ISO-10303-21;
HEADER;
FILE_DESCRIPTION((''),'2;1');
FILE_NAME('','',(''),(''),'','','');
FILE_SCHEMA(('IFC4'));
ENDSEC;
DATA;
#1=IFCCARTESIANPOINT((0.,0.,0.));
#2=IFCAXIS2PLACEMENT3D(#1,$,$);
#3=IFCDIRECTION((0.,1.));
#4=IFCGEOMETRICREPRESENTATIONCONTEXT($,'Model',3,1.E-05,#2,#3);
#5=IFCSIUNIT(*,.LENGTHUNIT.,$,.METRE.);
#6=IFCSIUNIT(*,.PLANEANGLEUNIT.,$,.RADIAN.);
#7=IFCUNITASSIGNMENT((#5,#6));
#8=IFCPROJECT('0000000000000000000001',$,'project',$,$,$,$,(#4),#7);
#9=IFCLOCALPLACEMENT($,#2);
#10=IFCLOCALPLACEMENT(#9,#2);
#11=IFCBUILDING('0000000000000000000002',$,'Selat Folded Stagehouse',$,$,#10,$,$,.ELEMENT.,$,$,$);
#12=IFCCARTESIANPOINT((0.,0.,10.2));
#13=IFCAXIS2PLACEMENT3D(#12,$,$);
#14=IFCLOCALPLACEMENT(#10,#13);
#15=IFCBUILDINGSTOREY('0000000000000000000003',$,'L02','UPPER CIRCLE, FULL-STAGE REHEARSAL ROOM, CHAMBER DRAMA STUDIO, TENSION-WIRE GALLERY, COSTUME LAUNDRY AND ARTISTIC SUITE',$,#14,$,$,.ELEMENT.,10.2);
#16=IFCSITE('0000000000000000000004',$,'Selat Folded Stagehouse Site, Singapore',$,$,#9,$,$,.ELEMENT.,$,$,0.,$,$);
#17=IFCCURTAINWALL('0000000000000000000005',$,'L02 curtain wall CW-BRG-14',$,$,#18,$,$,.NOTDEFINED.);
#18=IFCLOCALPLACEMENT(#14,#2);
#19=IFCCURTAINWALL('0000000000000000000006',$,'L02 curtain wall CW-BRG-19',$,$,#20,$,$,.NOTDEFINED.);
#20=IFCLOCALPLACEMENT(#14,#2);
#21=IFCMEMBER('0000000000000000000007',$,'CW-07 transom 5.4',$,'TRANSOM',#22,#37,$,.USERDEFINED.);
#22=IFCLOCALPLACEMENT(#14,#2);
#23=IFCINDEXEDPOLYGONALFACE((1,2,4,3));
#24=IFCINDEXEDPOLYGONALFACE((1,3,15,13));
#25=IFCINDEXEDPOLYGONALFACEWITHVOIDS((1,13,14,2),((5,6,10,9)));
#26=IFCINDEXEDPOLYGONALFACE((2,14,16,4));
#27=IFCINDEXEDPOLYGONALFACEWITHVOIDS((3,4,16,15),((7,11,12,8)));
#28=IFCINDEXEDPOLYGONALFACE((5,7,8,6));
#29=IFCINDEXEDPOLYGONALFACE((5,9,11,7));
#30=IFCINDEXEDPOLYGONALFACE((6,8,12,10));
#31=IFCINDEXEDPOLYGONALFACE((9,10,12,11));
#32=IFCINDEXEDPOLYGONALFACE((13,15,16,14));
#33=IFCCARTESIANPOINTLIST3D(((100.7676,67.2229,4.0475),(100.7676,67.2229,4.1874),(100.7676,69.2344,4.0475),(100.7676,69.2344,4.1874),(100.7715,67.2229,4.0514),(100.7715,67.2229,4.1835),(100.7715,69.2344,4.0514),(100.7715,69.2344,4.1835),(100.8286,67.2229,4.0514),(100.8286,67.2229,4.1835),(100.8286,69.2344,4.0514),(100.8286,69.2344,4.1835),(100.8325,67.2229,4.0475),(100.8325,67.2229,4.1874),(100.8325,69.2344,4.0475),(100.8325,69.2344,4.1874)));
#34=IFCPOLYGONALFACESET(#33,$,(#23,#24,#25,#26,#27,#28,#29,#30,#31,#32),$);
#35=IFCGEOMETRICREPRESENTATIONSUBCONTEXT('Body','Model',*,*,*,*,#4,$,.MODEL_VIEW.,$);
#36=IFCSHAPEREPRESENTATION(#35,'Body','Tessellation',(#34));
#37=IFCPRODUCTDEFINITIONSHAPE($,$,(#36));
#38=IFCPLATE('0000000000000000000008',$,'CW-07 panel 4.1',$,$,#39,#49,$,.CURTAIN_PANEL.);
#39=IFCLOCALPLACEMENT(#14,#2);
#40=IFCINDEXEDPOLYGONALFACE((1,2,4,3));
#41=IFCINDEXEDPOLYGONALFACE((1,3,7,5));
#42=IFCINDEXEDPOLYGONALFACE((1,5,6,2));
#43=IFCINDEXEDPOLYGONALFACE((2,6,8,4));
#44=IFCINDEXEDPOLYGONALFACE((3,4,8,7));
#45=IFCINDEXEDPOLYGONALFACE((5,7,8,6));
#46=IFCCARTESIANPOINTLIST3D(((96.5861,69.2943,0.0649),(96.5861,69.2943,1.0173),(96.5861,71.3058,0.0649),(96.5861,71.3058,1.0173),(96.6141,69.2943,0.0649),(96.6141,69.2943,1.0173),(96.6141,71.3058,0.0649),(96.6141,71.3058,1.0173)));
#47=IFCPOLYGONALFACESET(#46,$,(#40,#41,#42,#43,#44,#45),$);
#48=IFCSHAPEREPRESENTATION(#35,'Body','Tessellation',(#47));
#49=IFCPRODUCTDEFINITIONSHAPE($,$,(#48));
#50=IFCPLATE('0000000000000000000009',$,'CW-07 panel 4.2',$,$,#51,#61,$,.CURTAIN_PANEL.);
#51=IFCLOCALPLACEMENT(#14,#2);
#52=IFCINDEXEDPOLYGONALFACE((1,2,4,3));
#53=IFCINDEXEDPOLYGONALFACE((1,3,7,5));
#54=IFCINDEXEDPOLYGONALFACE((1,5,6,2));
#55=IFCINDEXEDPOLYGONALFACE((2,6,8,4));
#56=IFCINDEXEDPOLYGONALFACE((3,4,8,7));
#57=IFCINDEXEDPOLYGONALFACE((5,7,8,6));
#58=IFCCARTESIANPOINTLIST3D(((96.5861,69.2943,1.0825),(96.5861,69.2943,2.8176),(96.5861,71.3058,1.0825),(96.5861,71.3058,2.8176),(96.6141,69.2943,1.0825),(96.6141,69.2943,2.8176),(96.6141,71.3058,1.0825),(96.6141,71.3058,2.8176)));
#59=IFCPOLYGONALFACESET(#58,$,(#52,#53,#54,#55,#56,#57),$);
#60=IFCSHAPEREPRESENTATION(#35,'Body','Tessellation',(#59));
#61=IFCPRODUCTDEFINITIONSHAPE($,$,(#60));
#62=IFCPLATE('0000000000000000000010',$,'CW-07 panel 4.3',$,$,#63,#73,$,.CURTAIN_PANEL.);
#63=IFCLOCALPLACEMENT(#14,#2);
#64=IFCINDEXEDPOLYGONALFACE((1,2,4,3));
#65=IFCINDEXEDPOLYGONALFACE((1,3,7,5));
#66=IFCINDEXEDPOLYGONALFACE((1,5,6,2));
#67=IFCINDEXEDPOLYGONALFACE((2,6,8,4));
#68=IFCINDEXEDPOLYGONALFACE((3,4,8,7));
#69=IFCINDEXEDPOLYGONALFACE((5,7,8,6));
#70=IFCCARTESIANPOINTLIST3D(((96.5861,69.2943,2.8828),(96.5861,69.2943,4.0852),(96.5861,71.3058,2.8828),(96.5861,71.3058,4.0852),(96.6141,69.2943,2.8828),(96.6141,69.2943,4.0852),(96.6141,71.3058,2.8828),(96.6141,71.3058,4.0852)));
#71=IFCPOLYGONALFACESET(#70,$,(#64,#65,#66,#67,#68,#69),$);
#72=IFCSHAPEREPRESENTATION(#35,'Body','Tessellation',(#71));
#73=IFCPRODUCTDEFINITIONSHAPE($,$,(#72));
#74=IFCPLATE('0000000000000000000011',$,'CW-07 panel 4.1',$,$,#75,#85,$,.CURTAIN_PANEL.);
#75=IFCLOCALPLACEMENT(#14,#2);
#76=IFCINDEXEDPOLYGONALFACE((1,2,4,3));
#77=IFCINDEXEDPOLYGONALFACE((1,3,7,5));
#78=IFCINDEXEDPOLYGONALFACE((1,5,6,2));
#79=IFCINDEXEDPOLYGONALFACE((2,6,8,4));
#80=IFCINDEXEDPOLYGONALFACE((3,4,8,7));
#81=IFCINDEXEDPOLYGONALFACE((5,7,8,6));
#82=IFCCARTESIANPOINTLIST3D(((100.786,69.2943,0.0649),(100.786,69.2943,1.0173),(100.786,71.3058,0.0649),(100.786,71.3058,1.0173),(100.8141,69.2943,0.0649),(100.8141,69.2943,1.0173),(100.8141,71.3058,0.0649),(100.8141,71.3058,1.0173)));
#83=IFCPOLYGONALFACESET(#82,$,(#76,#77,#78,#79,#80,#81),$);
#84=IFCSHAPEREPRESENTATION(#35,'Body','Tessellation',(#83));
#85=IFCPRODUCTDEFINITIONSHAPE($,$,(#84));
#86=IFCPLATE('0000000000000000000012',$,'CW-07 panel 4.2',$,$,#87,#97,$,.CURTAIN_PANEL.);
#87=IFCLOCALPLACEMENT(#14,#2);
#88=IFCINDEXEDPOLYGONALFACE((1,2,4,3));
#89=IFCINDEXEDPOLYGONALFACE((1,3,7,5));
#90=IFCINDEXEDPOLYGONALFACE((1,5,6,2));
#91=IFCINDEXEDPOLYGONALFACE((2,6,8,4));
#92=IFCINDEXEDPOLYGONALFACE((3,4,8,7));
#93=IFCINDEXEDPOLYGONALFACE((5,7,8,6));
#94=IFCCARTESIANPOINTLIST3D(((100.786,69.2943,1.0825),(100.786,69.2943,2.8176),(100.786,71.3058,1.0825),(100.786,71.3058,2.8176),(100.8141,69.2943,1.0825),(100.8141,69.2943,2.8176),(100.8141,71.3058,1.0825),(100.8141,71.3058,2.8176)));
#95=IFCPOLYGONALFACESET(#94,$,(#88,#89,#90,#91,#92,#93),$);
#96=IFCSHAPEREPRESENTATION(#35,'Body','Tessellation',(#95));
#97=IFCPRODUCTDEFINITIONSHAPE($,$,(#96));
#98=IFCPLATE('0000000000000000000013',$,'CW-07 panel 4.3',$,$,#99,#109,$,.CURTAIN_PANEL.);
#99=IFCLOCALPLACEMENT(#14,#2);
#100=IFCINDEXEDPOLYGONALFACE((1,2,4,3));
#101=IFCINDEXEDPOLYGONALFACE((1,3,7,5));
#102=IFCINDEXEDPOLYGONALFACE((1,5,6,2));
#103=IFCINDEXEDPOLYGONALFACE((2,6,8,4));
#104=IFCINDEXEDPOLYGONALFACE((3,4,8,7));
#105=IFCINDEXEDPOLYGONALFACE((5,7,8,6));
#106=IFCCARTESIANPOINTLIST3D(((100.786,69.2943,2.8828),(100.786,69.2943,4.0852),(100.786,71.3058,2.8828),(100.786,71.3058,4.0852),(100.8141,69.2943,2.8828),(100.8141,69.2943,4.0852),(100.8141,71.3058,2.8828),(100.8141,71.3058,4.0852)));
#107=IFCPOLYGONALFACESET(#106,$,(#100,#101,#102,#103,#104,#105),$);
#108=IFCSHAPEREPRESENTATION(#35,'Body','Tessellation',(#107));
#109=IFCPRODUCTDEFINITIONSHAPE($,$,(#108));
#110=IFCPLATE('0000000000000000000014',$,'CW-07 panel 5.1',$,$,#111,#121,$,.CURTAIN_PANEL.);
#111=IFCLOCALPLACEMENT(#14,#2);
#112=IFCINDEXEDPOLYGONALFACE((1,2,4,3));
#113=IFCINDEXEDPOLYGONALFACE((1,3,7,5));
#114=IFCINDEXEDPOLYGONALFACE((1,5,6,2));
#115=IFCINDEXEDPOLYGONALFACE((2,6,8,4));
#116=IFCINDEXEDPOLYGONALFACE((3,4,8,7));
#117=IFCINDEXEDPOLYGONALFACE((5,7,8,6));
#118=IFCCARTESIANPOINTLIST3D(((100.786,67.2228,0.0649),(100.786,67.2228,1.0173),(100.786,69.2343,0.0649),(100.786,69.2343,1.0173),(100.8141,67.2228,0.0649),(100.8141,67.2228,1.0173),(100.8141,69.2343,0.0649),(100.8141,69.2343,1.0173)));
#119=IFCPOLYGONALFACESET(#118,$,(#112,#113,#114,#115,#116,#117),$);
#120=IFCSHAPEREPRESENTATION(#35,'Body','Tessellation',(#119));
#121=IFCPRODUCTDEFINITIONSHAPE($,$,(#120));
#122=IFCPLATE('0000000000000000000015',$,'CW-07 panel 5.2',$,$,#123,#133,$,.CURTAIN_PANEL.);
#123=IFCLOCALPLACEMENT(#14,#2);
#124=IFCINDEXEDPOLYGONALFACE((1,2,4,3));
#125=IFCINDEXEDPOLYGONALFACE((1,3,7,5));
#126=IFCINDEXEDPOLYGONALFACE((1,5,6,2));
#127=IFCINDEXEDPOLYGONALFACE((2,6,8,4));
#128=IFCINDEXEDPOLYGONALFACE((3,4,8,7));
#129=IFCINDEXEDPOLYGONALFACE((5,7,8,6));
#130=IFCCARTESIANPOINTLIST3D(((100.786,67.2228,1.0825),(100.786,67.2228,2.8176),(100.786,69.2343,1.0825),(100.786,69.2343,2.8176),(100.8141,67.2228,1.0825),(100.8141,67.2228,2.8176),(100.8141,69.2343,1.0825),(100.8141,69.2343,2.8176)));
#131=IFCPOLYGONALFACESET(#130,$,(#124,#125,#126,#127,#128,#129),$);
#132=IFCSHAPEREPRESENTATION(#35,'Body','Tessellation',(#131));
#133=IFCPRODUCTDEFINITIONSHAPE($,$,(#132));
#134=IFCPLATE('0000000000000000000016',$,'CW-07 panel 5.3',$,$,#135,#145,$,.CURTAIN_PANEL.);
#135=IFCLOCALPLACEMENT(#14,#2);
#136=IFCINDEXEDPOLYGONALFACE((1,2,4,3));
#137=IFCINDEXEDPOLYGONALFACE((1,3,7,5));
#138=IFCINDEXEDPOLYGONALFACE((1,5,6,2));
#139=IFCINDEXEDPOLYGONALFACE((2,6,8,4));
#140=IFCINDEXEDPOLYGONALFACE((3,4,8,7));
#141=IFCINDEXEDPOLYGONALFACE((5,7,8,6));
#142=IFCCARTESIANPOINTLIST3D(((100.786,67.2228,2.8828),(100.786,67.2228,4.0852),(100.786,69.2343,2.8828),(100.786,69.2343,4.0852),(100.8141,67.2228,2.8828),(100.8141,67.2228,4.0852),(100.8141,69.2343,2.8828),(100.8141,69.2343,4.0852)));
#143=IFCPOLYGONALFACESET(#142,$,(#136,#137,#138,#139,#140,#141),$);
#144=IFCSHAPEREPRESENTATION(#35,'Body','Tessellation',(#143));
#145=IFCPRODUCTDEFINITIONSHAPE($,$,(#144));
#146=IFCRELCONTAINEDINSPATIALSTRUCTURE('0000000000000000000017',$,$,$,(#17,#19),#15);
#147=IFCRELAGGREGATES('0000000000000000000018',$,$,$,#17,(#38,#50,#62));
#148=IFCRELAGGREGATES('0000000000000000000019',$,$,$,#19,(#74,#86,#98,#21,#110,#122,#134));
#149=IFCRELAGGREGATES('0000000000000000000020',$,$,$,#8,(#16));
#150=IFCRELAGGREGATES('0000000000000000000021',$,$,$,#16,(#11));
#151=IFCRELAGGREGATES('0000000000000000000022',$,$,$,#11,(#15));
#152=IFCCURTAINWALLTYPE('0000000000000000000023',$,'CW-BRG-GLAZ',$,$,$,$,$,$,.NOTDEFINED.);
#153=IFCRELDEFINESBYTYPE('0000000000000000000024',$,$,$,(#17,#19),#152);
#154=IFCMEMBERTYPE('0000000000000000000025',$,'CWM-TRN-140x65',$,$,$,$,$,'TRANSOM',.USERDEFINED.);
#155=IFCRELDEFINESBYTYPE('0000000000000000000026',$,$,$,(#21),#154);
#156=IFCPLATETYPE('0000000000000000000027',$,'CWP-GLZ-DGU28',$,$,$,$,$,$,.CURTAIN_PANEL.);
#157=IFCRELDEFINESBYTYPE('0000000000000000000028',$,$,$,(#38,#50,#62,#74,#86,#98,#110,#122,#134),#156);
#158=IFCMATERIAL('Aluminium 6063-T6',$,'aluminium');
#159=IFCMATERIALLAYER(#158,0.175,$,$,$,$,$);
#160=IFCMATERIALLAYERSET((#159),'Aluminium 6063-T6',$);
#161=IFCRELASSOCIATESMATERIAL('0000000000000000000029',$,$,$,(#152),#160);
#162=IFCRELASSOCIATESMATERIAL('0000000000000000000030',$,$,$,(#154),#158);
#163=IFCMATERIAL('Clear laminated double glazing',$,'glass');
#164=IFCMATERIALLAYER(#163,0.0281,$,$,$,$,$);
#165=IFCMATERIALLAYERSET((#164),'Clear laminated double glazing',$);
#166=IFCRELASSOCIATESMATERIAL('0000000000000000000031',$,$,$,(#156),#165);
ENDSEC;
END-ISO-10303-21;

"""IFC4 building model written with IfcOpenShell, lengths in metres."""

from ifc_helpers import new_model, si_unit, direction, frame, origin, origin_2d, place, context, subcontext, project, spatial, rectangle, hollow_rectangle, extrude, material, layer, layer_set, material_profile, profile_set, type_object, element, aggregate, save


model = new_model("IFC4")

# Units and contexts
model_context = context("Model", 3, precision=1e-05, world=origin(), true_north=direction((0.0, 1.0)))
body_context = subcontext(model_context, "Body", "Model", "MODEL_VIEW")
ifc_project = project(units=[si_unit("LENGTHUNIT", "METRE"), si_unit("PLANEANGLEUNIT", "RADIAN")], contexts=[model_context])

# Site, building, storey
site_placement = place(None, origin())
site = spatial("IfcSite", under=ifc_project, at=site_placement, Name="Selat Folded Stagehouse Site, Singapore", CompositionType="ELEMENT", RefElevation=0.0)
building_placement = place(site_placement, origin())
building = spatial("IfcBuilding", under=site, at=building_placement, Name="Selat Folded Stagehouse", CompositionType="ELEMENT")
storey_placement = place(building_placement, frame((0.0, 0.0, 10.2)))
storey = spatial("IfcBuildingStorey", under=building, at=storey_placement, Name="L02", Description="UPPER CIRCLE, FULL-STAGE REHEARSAL ROOM, CHAMBER DRAMA STUDIO, TENSION-WIRE GALLERY, COSTUME LAUNDRY AND ARTISTIC SUITE", CompositionType="ELEMENT", Elevation=10.2)

# Curtain walls
ifc_material_1 = material(Name="Aluminium 6063-T6", Category="aluminium")
ifc_layer_1 = layer(ifc_material_1, 0.175)
ifc_layer_set_1 = layer_set([ifc_layer_1], Name="Aluminium 6063-T6")
curtain_wall_type = type_object("IfcCurtainWallType", Name="CW-BRG-GLAZ", PredefinedType="NOTDEFINED", material=ifc_layer_set_1)
curtain_wall_1_placement = place(storey_placement, origin())
curtain_wall_1 = element("IfcCurtainWall", 1, at=curtain_wall_1_placement, inside=storey, type_object=curtain_wall_type, Name="L02 curtain wall CW-BRG-14", PredefinedType="NOTDEFINED")
curtain_wall_2_placement = place(storey_placement, origin())
curtain_wall_2 = element("IfcCurtainWall", 2, at=curtain_wall_2_placement, inside=storey, type_object=curtain_wall_type, Name="L02 curtain wall CW-BRG-19", PredefinedType="NOTDEFINED")

# Member
ifc_material_profile_1 = material_profile(ifc_material_1, hollow_rectangle(XDim=0.0649, YDim=0.1399, WallThickness=0.0039, at=origin_2d()), Name="ALU 140x65x4.0")
ifc_profile_set_1 = profile_set([ifc_material_profile_1], Name="Aluminium 6063-T6")
member_type_1 = type_object("IfcMemberType", Name="CWM-TRN-140x65", ElementType="TRANSOM", PredefinedType="USERDEFINED", material=ifc_profile_set_1)
member_1_placement = place(storey_placement, frame((100.8, 69.2344, 4.1174), z_axis=(0.0, -1.0, 0.0), x_axis=(1.0, 0.0, 0.0)))
member_1 = element("IfcMember", 3, at=member_1_placement, type_object=member_type_1, Name="CW-07 transom 5.4", ObjectType="TRANSOM", PredefinedType="USERDEFINED", context=body_context, shape_type="SweptSolid", body=[
    extrude(hollow_rectangle(XDim=0.0649, YDim=0.1399, WallThickness=0.0039, at=origin_2d()), origin(), (0.0, 0.0, 1.0), 2.0115),
])

# Plates
ifc_material_2 = material(Name="Clear laminated double glazing", Category="glass")
ifc_layer_2 = layer(ifc_material_2, 0.0281)
ifc_layer_set_2 = layer_set([ifc_layer_2], Name="Clear laminated double glazing")
plate_type = type_object("IfcPlateType", Name="CWP-GLZ-DGU28", PredefinedType="CURTAIN_PANEL", material=ifc_layer_set_2)
plate_1_placement = place(storey_placement, frame((96.6001, 70.3, 0.0649), z_axis=(0.0, 0.0, 1.0), x_axis=(0.0, 1.0, 0.0)))
plate_1 = element("IfcPlate", 4, at=plate_1_placement, type_object=plate_type, Name="CW-07 panel 4.1", PredefinedType="CURTAIN_PANEL", context=body_context, shape_type="SweptSolid", body=[
    extrude(rectangle(XDim=2.0115, YDim=0.0281, at=origin_2d()), origin(), (0.0, 0.0, 1.0), 0.9524),
])
plate_2_placement = place(storey_placement, frame((96.6001, 70.3, 1.0825), z_axis=(0.0, 0.0, 1.0), x_axis=(0.0, 1.0, 0.0)))
plate_2 = element("IfcPlate", 5, at=plate_2_placement, type_object=plate_type, Name="CW-07 panel 4.2", PredefinedType="CURTAIN_PANEL", context=body_context, shape_type="SweptSolid", body=[
    extrude(rectangle(XDim=2.0115, YDim=0.0281, at=origin_2d()), origin(), (0.0, 0.0, 1.0), 1.7351),
])
plate_3_placement = place(storey_placement, frame((96.6001, 70.3, 2.8828), z_axis=(0.0, 0.0, 1.0), x_axis=(0.0, 1.0, 0.0)))
plate_3 = element("IfcPlate", 6, at=plate_3_placement, type_object=plate_type, Name="CW-07 panel 4.3", PredefinedType="CURTAIN_PANEL", context=body_context, shape_type="SweptSolid", body=[
    extrude(rectangle(XDim=2.0115, YDim=0.0281, at=origin_2d()), origin(), (0.0, 0.0, 1.0), 1.2024),
])
aggregate(curtain_wall_1, [plate_1, plate_2, plate_3])
plate_4_placement = place(storey_placement, frame((100.8, 70.3, 0.0649), z_axis=(0.0, 0.0, 1.0), x_axis=(0.0, -1.0, 0.0)))
plate_4 = element("IfcPlate", 7, at=plate_4_placement, type_object=plate_type, Name="CW-07 panel 4.1", PredefinedType="CURTAIN_PANEL", context=body_context, shape_type="SweptSolid", body=[
    extrude(rectangle(XDim=2.0115, YDim=0.0281, at=origin_2d()), origin(), (0.0, 0.0, 1.0), 0.9524),
])
plate_5_placement = place(storey_placement, frame((100.8, 70.3, 1.0825), z_axis=(0.0, 0.0, 1.0), x_axis=(0.0, -1.0, 0.0)))
plate_5 = element("IfcPlate", 8, at=plate_5_placement, type_object=plate_type, Name="CW-07 panel 4.2", PredefinedType="CURTAIN_PANEL", context=body_context, shape_type="SweptSolid", body=[
    extrude(rectangle(XDim=2.0115, YDim=0.0281, at=origin_2d()), origin(), (0.0, 0.0, 1.0), 1.7351),
])
plate_6_placement = place(storey_placement, frame((100.8, 70.3, 2.8828), z_axis=(0.0, 0.0, 1.0), x_axis=(0.0, -1.0, 0.0)))
plate_6 = element("IfcPlate", 9, at=plate_6_placement, type_object=plate_type, Name="CW-07 panel 4.3", PredefinedType="CURTAIN_PANEL", context=body_context, shape_type="SweptSolid", body=[
    extrude(rectangle(XDim=2.0115, YDim=0.0281, at=origin_2d()), origin(), (0.0, 0.0, 1.0), 1.2024),
])
plate_7_placement = place(storey_placement, frame((100.8, 68.2285, 0.0649), z_axis=(0.0, 0.0, 1.0), x_axis=(0.0, -1.0, 0.0)))
plate_7 = element("IfcPlate", 10, at=plate_7_placement, type_object=plate_type, Name="CW-07 panel 5.1", PredefinedType="CURTAIN_PANEL", context=body_context, shape_type="SweptSolid", body=[
    extrude(rectangle(XDim=2.0115, YDim=0.0281, at=origin_2d()), origin(), (0.0, 0.0, 1.0), 0.9524),
])
plate_8_placement = place(storey_placement, frame((100.8, 68.2285, 1.0825), z_axis=(0.0, 0.0, 1.0), x_axis=(0.0, -1.0, 0.0)))
plate_8 = element("IfcPlate", 11, at=plate_8_placement, type_object=plate_type, Name="CW-07 panel 5.2", PredefinedType="CURTAIN_PANEL", context=body_context, shape_type="SweptSolid", body=[
    extrude(rectangle(XDim=2.0115, YDim=0.0281, at=origin_2d()), origin(), (0.0, 0.0, 1.0), 1.7351),
])
plate_9_placement = place(storey_placement, frame((100.8, 68.2285, 2.8828), z_axis=(0.0, 0.0, 1.0), x_axis=(0.0, -1.0, 0.0)))
plate_9 = element("IfcPlate", 12, at=plate_9_placement, type_object=plate_type, Name="CW-07 panel 5.3", PredefinedType="CURTAIN_PANEL", context=body_context, shape_type="SweptSolid", body=[
    extrude(rectangle(XDim=2.0115, YDim=0.0281, at=origin_2d()), origin(), (0.0, 0.0, 1.0), 1.2024),
])
aggregate(curtain_wall_2, [plate_4, plate_5, plate_6, member_1, plate_7, plate_8, plate_9])

save(model, "model.ifc")
